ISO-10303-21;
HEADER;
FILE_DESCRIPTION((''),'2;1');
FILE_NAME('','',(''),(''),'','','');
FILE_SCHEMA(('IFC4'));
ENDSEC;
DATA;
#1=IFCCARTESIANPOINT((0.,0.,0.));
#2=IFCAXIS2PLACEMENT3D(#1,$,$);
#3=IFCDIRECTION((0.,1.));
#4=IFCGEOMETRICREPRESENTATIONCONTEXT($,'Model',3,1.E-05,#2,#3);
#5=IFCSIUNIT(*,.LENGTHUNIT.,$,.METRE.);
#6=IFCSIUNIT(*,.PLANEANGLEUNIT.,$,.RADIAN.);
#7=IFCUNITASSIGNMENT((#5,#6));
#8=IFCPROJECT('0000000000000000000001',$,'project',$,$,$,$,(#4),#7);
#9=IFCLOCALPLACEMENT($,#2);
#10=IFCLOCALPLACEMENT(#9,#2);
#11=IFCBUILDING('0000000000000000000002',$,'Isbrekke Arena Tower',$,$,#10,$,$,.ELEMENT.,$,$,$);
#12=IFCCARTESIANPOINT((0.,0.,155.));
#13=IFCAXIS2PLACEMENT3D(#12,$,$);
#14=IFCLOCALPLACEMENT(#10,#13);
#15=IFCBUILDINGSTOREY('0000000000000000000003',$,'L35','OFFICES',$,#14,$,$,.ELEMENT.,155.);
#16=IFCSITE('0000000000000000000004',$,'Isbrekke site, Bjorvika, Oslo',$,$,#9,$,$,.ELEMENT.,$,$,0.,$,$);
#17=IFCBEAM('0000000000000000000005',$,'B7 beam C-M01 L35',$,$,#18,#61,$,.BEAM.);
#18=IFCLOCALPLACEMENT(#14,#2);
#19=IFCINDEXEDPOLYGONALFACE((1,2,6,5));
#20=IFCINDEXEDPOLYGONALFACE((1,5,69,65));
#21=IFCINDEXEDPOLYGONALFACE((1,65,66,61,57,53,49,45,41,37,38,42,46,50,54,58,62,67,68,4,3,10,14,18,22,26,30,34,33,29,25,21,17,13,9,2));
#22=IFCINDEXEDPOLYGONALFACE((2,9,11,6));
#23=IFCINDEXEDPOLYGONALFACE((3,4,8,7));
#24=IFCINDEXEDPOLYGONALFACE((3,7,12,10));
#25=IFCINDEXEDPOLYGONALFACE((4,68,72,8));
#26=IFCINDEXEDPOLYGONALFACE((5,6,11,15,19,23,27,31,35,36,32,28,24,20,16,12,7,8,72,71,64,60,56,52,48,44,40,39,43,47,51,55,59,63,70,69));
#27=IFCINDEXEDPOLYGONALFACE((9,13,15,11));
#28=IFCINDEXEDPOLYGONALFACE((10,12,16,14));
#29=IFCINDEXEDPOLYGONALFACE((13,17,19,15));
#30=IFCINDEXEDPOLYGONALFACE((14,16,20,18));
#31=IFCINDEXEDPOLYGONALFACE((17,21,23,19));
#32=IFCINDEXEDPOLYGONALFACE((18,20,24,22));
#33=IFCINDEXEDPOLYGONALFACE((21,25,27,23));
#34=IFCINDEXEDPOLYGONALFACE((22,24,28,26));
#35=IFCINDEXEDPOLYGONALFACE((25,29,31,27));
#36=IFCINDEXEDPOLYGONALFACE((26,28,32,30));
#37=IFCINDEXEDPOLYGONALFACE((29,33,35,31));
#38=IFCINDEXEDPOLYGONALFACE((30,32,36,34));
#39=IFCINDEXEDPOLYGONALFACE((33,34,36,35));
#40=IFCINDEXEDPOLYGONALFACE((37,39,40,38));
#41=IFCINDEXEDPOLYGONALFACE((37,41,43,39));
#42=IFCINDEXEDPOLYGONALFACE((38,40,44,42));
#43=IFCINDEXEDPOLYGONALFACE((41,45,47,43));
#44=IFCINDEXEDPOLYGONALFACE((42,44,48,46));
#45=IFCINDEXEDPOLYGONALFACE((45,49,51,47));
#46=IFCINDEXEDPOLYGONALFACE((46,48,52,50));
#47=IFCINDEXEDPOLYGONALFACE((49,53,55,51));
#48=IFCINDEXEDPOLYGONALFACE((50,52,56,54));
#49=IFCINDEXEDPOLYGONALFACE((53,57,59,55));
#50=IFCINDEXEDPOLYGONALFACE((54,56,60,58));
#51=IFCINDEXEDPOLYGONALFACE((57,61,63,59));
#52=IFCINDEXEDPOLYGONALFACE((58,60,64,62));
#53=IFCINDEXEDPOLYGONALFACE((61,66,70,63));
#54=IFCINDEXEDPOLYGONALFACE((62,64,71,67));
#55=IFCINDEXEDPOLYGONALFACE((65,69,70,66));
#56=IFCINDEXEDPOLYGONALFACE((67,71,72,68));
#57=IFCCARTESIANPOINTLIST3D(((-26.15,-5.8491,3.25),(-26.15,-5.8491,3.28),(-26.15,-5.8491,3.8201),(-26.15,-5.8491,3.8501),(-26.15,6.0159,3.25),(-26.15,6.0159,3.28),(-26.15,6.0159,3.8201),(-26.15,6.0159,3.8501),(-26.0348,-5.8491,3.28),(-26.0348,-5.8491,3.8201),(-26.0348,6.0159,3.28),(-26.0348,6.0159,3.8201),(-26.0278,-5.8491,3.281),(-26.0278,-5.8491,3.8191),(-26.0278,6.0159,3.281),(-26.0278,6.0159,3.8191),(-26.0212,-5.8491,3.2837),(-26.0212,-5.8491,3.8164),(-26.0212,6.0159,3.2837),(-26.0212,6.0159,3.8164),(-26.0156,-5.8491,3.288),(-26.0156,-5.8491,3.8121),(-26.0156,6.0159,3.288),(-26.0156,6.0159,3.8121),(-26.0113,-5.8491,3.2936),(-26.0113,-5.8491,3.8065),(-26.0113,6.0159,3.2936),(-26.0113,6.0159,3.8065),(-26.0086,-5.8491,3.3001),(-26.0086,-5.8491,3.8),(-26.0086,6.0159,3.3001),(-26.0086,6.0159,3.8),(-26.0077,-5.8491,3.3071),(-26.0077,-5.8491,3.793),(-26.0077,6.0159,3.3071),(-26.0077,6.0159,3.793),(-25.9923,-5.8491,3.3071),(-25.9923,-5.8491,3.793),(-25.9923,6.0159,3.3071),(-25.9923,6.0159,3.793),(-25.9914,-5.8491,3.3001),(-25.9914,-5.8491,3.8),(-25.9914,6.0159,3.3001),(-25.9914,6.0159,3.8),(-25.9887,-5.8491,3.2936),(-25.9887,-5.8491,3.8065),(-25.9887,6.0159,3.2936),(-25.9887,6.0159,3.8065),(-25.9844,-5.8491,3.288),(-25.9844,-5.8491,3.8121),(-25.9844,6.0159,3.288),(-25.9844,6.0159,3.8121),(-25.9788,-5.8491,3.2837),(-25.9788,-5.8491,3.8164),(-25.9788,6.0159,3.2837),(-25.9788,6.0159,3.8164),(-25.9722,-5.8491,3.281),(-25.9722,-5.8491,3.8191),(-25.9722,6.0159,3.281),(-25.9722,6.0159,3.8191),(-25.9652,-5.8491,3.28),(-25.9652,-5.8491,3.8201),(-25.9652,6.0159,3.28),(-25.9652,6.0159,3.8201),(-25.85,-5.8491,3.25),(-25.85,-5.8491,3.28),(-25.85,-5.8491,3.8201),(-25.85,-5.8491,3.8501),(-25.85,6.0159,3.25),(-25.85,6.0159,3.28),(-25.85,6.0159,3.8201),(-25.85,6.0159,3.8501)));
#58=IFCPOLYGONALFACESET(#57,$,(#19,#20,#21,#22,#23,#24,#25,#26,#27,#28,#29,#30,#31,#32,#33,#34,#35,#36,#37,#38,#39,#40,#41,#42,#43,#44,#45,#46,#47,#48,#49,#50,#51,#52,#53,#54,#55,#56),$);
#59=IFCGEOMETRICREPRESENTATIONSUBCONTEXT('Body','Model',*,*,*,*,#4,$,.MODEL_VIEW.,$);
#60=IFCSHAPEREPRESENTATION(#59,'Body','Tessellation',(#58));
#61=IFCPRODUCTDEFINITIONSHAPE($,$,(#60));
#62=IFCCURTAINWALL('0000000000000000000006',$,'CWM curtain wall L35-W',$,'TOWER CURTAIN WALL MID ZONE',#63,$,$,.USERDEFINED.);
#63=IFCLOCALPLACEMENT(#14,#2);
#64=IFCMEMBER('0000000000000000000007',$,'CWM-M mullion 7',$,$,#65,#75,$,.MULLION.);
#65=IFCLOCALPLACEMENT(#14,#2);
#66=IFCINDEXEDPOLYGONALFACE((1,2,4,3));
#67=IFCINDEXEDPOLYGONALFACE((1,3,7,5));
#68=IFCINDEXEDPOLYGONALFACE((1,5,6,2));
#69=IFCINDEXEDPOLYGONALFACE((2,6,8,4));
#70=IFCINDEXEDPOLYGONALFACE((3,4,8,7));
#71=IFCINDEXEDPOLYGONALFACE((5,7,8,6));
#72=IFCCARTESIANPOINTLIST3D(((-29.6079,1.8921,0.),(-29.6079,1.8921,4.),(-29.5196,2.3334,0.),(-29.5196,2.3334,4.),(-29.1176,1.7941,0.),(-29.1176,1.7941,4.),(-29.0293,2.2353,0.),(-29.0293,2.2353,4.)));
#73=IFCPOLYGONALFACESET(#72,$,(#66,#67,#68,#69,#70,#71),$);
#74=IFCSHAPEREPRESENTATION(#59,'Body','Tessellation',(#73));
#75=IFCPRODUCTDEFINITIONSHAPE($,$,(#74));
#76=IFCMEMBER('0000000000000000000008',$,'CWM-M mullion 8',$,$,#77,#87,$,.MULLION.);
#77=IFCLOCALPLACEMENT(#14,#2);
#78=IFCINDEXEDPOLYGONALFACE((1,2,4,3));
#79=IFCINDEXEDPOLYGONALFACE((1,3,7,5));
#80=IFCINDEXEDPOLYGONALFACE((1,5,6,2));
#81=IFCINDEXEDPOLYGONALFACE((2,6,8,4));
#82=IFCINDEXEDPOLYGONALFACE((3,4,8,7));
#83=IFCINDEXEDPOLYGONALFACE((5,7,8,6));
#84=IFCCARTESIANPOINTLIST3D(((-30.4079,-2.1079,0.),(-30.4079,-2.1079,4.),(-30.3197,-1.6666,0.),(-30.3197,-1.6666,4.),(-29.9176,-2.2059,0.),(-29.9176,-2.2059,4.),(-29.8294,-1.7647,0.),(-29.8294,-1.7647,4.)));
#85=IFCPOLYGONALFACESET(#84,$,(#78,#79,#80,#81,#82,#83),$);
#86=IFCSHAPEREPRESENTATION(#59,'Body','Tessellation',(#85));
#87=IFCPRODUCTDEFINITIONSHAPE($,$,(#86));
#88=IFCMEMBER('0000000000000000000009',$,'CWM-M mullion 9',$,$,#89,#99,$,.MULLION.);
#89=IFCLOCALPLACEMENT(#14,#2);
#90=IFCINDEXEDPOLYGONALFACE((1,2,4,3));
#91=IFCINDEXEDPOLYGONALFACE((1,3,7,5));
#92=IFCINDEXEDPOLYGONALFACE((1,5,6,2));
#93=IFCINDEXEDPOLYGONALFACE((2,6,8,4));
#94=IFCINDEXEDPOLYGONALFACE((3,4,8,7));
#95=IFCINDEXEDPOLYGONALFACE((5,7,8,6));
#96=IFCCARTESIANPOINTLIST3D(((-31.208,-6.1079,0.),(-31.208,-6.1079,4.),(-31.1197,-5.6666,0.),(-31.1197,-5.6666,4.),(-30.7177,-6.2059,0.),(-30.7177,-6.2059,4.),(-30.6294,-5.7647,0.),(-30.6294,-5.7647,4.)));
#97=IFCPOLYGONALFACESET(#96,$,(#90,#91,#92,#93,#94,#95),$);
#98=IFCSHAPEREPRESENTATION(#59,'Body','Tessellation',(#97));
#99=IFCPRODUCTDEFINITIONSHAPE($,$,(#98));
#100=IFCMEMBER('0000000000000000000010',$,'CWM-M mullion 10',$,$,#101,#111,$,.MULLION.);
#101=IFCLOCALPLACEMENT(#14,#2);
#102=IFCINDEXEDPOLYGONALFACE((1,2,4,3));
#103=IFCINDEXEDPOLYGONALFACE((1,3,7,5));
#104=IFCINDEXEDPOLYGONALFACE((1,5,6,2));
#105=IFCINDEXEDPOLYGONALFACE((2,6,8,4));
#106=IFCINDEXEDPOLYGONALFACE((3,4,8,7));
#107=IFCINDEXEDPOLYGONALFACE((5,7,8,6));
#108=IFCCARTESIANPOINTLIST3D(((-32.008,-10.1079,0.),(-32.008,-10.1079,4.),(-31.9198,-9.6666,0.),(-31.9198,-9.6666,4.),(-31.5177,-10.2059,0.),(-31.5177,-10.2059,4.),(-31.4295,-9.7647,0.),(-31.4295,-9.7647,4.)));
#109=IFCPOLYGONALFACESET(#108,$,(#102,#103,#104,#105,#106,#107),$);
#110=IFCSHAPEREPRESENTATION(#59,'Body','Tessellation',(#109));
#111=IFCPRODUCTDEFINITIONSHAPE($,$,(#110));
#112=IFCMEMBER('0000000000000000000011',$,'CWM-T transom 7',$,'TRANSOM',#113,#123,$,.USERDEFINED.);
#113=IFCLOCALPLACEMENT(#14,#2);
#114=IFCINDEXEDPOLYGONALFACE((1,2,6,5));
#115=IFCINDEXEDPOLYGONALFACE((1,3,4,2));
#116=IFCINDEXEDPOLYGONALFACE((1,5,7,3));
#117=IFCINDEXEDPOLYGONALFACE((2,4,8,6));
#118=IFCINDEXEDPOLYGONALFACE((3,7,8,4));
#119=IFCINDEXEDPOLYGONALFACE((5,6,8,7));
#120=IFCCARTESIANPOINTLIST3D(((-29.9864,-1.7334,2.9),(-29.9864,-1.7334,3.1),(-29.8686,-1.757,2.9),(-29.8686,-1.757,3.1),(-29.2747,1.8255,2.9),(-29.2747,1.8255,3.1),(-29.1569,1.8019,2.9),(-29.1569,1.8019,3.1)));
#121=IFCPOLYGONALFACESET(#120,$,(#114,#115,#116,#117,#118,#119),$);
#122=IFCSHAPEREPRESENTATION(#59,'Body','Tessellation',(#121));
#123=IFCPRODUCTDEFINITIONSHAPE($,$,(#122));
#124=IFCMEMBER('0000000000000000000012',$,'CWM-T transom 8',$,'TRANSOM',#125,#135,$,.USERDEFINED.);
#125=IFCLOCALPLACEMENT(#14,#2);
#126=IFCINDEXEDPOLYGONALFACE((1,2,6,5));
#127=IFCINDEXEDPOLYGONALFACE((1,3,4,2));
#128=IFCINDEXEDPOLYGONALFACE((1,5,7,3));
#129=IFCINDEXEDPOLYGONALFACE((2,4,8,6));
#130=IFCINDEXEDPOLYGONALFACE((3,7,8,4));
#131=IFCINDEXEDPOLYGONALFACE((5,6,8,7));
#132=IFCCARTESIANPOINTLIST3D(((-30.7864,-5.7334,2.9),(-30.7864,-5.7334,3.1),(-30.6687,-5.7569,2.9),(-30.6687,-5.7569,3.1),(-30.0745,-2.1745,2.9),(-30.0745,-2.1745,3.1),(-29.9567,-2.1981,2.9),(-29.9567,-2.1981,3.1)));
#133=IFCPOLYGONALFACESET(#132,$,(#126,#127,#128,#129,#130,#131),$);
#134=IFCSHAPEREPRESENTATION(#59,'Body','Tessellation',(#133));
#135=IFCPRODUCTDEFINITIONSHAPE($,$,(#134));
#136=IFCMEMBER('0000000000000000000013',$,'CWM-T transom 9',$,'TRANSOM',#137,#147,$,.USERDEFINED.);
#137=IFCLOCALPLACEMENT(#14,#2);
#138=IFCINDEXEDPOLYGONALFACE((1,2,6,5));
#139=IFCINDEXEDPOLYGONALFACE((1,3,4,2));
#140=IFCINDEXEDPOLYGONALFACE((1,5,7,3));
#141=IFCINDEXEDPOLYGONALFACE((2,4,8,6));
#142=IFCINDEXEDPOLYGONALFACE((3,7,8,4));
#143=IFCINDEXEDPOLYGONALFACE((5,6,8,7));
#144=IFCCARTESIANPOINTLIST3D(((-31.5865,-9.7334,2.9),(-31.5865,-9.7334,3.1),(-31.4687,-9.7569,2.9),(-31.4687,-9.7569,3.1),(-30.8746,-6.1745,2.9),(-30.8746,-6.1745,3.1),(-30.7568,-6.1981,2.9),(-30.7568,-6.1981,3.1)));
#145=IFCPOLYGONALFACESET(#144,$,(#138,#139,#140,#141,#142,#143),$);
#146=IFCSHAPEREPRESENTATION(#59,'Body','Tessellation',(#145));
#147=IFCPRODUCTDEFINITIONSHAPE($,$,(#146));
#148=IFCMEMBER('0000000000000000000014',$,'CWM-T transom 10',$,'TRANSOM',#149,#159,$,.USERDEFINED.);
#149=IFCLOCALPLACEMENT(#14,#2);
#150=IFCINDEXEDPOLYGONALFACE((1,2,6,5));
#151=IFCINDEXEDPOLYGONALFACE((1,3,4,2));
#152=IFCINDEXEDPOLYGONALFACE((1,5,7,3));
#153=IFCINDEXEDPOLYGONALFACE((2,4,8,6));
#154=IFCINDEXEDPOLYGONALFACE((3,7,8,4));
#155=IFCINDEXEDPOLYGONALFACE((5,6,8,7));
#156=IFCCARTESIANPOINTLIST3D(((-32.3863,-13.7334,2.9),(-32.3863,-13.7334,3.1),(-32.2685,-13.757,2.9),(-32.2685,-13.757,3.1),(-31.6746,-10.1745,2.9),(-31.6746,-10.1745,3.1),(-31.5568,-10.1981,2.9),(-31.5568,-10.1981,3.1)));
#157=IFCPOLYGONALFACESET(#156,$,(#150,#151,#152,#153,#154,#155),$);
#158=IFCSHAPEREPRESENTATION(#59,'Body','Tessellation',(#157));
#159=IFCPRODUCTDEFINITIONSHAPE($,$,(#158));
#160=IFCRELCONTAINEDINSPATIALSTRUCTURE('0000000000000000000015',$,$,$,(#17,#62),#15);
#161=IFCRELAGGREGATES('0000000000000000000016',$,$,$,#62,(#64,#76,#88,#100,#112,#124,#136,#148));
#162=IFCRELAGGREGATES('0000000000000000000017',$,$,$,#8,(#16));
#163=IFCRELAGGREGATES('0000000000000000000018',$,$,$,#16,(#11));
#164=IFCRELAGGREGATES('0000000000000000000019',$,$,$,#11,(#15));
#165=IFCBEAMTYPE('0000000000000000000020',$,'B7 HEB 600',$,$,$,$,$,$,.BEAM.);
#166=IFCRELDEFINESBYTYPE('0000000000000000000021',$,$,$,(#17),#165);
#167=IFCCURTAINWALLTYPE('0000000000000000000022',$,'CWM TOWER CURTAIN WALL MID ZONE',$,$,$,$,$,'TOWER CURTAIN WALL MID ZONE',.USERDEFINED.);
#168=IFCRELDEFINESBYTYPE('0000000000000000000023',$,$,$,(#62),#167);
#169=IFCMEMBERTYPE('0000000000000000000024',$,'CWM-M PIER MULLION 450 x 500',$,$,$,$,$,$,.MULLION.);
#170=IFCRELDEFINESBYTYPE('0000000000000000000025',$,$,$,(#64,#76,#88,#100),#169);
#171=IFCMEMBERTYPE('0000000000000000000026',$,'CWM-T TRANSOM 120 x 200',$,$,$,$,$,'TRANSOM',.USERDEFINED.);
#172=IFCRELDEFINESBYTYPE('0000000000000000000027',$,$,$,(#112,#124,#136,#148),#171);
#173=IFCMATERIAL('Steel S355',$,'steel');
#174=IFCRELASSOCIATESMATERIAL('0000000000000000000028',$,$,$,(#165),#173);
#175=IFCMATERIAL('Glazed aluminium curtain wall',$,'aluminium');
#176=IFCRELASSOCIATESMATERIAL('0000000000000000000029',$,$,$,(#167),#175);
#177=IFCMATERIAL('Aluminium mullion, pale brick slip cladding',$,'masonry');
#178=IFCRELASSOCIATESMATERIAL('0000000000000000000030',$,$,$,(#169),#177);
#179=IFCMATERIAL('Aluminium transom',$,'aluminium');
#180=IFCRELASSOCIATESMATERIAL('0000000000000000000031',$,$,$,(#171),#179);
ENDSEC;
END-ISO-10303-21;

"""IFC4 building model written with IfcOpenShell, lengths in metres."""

from ifc_helpers import new_model, si_unit, direction, frame, origin, origin_2d, place, context, subcontext, project, spatial, rectangle, i_section, extrude, material, material_profile, profile_set, type_object, element, aggregate, save


model = new_model("IFC4")

# Units and contexts
model_context = context("Model", 3, precision=1e-05, world=origin(), true_north=direction((0.0, 1.0)))
body_context = subcontext(model_context, "Body", "Model", "MODEL_VIEW")
ifc_project = project(units=[si_unit("LENGTHUNIT", "METRE"), si_unit("PLANEANGLEUNIT", "RADIAN")], contexts=[model_context])

# Site, building, storey
site_placement = place(None, origin())
site = spatial("IfcSite", under=ifc_project, at=site_placement, Name="Isbrekke site, Bjorvika, Oslo", CompositionType="ELEMENT", RefElevation=0.0)
building_placement = place(site_placement, origin())
building = spatial("IfcBuilding", under=site, at=building_placement, Name="Isbrekke Arena Tower", CompositionType="ELEMENT")
storey_placement = place(building_placement, frame((0.0, 0.0, 155.0)))
storey = spatial("IfcBuildingStorey", under=building, at=storey_placement, Name="L35", Description="OFFICES", CompositionType="ELEMENT", Elevation=155.0)

# Beam
ifc_material_1 = material(Name="Steel S355", Category="steel")
ifc_material_profile_1 = material_profile(ifc_material_1, i_section(OverallWidth=0.3, OverallDepth=0.6001, WebThickness=0.0154, FlangeThickness=0.03, FilletRadius=0.0271, at=origin_2d()), Name="HEB 600")
ifc_profile_set_1 = profile_set([ifc_material_profile_1], Name="Steel S355")
beam_type_1 = type_object("IfcBeamType", Name="B7 HEB 600", PredefinedType="BEAM", material=ifc_profile_set_1)
beam_1_placement = place(storey_placement, frame((-26.0, -5.8491, 3.55), z_axis=(0.0, 1.0, 0.0), x_axis=(-1.0, 0.0, 0.0)))
element("IfcBeam", 1, at=beam_1_placement, inside=storey, type_object=beam_type_1, Name="B7 beam C-M01 L35", PredefinedType="BEAM", context=body_context, shape_type="SweptSolid", body=[
    extrude(i_section(OverallWidth=0.3, OverallDepth=0.6001, WebThickness=0.0154, FlangeThickness=0.03, FilletRadius=0.0271, at=origin_2d()), origin(), (0.0, 0.0, 1.0), 11.865),
])

# Curtain wall, members
ifc_material_2 = material(Name="Glazed aluminium curtain wall", Category="aluminium")
curtain_wall_type = type_object("IfcCurtainWallType", Name="CWM TOWER CURTAIN WALL MID ZONE", ElementType="TOWER CURTAIN WALL MID ZONE", PredefinedType="USERDEFINED", material=ifc_material_2)
curtain_wall_placement = place(storey_placement, origin())
curtain_wall = element("IfcCurtainWall", 2, at=curtain_wall_placement, inside=storey, type_object=curtain_wall_type, Name="CWM curtain wall L35-W", ObjectType="TOWER CURTAIN WALL MID ZONE", PredefinedType="USERDEFINED")
ifc_material_3 = material(Name="Aluminium mullion, pale brick slip cladding", Category="masonry")
ifc_material_profile_2 = material_profile(ifc_material_3, rectangle(XDim=0.45, YDim=0.5, at=origin_2d()), Name="PIER 450X500")
ifc_profile_set_2 = profile_set([ifc_material_profile_2], Name="Aluminium mullion, pale brick slip cladding")
member_type_1 = type_object("IfcMemberType", Name="CWM-M PIER MULLION 450 x 500", PredefinedType="MULLION", material=ifc_profile_set_2)
member_1_placement = place(storey_placement, frame((-29.3186, 2.0637, 0.0), z_axis=(0.0, 0.0, 1.0), x_axis=(-0.196116, -0.980581, 0.0)))
member_1 = element("IfcMember", 3, at=member_1_placement, type_object=member_type_1, Name="CWM-M mullion 7", PredefinedType="MULLION", context=body_context, shape_type="SweptSolid", body=[
    extrude(rectangle(XDim=0.45, YDim=0.5, at=origin_2d()), origin(), (0.0, 0.0, 1.0), 4.0),
])
member_2_placement = place(storey_placement, frame((-30.1187, -1.9363, 0.0), z_axis=(0.0, 0.0, 1.0), x_axis=(-0.196116, -0.980581, 0.0)))
member_2 = element("IfcMember", 4, at=member_2_placement, type_object=member_type_1, Name="CWM-M mullion 8", PredefinedType="MULLION", context=body_context, shape_type="SweptSolid", body=[
    extrude(rectangle(XDim=0.45, YDim=0.5, at=origin_2d()), origin(), (0.0, 0.0, 1.0), 4.0),
])
member_3_placement = place(storey_placement, frame((-30.9187, -5.9363, 0.0), z_axis=(0.0, 0.0, 1.0), x_axis=(-0.196116, -0.980581, 0.0)))
member_3 = element("IfcMember", 5, at=member_3_placement, type_object=member_type_1, Name="CWM-M mullion 9", PredefinedType="MULLION", context=body_context, shape_type="SweptSolid", body=[
    extrude(rectangle(XDim=0.45, YDim=0.5, at=origin_2d()), origin(), (0.0, 0.0, 1.0), 4.0),
])
member_4_placement = place(storey_placement, frame((-31.7188, -9.9363, 0.0), z_axis=(0.0, 0.0, 1.0), x_axis=(-0.196116, -0.980581, 0.0)))
member_4 = element("IfcMember", 6, at=member_4_placement, type_object=member_type_1, Name="CWM-M mullion 10", PredefinedType="MULLION", context=body_context, shape_type="SweptSolid", body=[
    extrude(rectangle(XDim=0.45, YDim=0.5, at=origin_2d()), origin(), (0.0, 0.0, 1.0), 4.0),
])
ifc_material_4 = material(Name="Aluminium transom", Category="aluminium")
ifc_material_profile_3 = material_profile(ifc_material_4, rectangle(XDim=0.1201, YDim=0.2, at=origin_2d()), Name="TRANSOM 120X200")
ifc_profile_set_3 = profile_set([ifc_material_profile_3], Name="Aluminium transom")
member_type_2 = type_object("IfcMemberType", Name="CWM-T TRANSOM 120 x 200", ElementType="TRANSOM", PredefinedType="USERDEFINED", material=ifc_profile_set_3)
member_5_placement = place(storey_placement, frame((-29.2158, 1.8137, 3.0), z_axis=(-0.19609, -0.980586, 0.0), x_axis=(0.980586, -0.19609, 0.0)))
member_5 = element("IfcMember", 7, at=member_5_placement, type_object=member_type_2, Name="CWM-T transom 7", ObjectType="TRANSOM", PredefinedType="USERDEFINED", context=body_context, shape_type="SweptSolid", body=[
    extrude(rectangle(XDim=0.1201, YDim=0.2, at=origin_2d()), origin(), (0.0, 0.0, 1.0), 3.6294),
])
member_6_placement = place(storey_placement, frame((-30.0156, -2.1863, 3.0), z_axis=(-0.196155, -0.980573, 0.0), x_axis=(0.980573, -0.196155, 0.0)))
member_6 = element("IfcMember", 8, at=member_6_placement, type_object=member_type_2, Name="CWM-T transom 8", ObjectType="TRANSOM", PredefinedType="USERDEFINED", context=body_context, shape_type="SweptSolid", body=[
    extrude(rectangle(XDim=0.1201, YDim=0.2, at=origin_2d()), origin(), (0.0, 0.0, 1.0), 3.6294),
])
member_7_placement = place(storey_placement, frame((-30.8157, -6.1863, 3.0), z_axis=(-0.196155, -0.980573, 0.0), x_axis=(0.980573, -0.196155, 0.0)))
member_7 = element("IfcMember", 9, at=member_7_placement, type_object=member_type_2, Name="CWM-T transom 9", ObjectType="TRANSOM", PredefinedType="USERDEFINED", context=body_context, shape_type="SweptSolid", body=[
    extrude(rectangle(XDim=0.1201, YDim=0.2, at=origin_2d()), origin(), (0.0, 0.0, 1.0), 3.6294),
])
member_8_placement = place(storey_placement, frame((-31.6157, -10.1863, 3.0), z_axis=(-0.19609, -0.980586, 0.0), x_axis=(0.980586, -0.19609, 0.0)))
member_8 = element("IfcMember", 10, at=member_8_placement, type_object=member_type_2, Name="CWM-T transom 10", ObjectType="TRANSOM", PredefinedType="USERDEFINED", context=body_context, shape_type="SweptSolid", body=[
    extrude(rectangle(XDim=0.1201, YDim=0.2, at=origin_2d()), origin(), (0.0, 0.0, 1.0), 3.6294),
])

aggregate(curtain_wall, [member_1, member_2, member_3, member_4, member_5, member_6, member_7, member_8])

save(model, "model.ifc")
